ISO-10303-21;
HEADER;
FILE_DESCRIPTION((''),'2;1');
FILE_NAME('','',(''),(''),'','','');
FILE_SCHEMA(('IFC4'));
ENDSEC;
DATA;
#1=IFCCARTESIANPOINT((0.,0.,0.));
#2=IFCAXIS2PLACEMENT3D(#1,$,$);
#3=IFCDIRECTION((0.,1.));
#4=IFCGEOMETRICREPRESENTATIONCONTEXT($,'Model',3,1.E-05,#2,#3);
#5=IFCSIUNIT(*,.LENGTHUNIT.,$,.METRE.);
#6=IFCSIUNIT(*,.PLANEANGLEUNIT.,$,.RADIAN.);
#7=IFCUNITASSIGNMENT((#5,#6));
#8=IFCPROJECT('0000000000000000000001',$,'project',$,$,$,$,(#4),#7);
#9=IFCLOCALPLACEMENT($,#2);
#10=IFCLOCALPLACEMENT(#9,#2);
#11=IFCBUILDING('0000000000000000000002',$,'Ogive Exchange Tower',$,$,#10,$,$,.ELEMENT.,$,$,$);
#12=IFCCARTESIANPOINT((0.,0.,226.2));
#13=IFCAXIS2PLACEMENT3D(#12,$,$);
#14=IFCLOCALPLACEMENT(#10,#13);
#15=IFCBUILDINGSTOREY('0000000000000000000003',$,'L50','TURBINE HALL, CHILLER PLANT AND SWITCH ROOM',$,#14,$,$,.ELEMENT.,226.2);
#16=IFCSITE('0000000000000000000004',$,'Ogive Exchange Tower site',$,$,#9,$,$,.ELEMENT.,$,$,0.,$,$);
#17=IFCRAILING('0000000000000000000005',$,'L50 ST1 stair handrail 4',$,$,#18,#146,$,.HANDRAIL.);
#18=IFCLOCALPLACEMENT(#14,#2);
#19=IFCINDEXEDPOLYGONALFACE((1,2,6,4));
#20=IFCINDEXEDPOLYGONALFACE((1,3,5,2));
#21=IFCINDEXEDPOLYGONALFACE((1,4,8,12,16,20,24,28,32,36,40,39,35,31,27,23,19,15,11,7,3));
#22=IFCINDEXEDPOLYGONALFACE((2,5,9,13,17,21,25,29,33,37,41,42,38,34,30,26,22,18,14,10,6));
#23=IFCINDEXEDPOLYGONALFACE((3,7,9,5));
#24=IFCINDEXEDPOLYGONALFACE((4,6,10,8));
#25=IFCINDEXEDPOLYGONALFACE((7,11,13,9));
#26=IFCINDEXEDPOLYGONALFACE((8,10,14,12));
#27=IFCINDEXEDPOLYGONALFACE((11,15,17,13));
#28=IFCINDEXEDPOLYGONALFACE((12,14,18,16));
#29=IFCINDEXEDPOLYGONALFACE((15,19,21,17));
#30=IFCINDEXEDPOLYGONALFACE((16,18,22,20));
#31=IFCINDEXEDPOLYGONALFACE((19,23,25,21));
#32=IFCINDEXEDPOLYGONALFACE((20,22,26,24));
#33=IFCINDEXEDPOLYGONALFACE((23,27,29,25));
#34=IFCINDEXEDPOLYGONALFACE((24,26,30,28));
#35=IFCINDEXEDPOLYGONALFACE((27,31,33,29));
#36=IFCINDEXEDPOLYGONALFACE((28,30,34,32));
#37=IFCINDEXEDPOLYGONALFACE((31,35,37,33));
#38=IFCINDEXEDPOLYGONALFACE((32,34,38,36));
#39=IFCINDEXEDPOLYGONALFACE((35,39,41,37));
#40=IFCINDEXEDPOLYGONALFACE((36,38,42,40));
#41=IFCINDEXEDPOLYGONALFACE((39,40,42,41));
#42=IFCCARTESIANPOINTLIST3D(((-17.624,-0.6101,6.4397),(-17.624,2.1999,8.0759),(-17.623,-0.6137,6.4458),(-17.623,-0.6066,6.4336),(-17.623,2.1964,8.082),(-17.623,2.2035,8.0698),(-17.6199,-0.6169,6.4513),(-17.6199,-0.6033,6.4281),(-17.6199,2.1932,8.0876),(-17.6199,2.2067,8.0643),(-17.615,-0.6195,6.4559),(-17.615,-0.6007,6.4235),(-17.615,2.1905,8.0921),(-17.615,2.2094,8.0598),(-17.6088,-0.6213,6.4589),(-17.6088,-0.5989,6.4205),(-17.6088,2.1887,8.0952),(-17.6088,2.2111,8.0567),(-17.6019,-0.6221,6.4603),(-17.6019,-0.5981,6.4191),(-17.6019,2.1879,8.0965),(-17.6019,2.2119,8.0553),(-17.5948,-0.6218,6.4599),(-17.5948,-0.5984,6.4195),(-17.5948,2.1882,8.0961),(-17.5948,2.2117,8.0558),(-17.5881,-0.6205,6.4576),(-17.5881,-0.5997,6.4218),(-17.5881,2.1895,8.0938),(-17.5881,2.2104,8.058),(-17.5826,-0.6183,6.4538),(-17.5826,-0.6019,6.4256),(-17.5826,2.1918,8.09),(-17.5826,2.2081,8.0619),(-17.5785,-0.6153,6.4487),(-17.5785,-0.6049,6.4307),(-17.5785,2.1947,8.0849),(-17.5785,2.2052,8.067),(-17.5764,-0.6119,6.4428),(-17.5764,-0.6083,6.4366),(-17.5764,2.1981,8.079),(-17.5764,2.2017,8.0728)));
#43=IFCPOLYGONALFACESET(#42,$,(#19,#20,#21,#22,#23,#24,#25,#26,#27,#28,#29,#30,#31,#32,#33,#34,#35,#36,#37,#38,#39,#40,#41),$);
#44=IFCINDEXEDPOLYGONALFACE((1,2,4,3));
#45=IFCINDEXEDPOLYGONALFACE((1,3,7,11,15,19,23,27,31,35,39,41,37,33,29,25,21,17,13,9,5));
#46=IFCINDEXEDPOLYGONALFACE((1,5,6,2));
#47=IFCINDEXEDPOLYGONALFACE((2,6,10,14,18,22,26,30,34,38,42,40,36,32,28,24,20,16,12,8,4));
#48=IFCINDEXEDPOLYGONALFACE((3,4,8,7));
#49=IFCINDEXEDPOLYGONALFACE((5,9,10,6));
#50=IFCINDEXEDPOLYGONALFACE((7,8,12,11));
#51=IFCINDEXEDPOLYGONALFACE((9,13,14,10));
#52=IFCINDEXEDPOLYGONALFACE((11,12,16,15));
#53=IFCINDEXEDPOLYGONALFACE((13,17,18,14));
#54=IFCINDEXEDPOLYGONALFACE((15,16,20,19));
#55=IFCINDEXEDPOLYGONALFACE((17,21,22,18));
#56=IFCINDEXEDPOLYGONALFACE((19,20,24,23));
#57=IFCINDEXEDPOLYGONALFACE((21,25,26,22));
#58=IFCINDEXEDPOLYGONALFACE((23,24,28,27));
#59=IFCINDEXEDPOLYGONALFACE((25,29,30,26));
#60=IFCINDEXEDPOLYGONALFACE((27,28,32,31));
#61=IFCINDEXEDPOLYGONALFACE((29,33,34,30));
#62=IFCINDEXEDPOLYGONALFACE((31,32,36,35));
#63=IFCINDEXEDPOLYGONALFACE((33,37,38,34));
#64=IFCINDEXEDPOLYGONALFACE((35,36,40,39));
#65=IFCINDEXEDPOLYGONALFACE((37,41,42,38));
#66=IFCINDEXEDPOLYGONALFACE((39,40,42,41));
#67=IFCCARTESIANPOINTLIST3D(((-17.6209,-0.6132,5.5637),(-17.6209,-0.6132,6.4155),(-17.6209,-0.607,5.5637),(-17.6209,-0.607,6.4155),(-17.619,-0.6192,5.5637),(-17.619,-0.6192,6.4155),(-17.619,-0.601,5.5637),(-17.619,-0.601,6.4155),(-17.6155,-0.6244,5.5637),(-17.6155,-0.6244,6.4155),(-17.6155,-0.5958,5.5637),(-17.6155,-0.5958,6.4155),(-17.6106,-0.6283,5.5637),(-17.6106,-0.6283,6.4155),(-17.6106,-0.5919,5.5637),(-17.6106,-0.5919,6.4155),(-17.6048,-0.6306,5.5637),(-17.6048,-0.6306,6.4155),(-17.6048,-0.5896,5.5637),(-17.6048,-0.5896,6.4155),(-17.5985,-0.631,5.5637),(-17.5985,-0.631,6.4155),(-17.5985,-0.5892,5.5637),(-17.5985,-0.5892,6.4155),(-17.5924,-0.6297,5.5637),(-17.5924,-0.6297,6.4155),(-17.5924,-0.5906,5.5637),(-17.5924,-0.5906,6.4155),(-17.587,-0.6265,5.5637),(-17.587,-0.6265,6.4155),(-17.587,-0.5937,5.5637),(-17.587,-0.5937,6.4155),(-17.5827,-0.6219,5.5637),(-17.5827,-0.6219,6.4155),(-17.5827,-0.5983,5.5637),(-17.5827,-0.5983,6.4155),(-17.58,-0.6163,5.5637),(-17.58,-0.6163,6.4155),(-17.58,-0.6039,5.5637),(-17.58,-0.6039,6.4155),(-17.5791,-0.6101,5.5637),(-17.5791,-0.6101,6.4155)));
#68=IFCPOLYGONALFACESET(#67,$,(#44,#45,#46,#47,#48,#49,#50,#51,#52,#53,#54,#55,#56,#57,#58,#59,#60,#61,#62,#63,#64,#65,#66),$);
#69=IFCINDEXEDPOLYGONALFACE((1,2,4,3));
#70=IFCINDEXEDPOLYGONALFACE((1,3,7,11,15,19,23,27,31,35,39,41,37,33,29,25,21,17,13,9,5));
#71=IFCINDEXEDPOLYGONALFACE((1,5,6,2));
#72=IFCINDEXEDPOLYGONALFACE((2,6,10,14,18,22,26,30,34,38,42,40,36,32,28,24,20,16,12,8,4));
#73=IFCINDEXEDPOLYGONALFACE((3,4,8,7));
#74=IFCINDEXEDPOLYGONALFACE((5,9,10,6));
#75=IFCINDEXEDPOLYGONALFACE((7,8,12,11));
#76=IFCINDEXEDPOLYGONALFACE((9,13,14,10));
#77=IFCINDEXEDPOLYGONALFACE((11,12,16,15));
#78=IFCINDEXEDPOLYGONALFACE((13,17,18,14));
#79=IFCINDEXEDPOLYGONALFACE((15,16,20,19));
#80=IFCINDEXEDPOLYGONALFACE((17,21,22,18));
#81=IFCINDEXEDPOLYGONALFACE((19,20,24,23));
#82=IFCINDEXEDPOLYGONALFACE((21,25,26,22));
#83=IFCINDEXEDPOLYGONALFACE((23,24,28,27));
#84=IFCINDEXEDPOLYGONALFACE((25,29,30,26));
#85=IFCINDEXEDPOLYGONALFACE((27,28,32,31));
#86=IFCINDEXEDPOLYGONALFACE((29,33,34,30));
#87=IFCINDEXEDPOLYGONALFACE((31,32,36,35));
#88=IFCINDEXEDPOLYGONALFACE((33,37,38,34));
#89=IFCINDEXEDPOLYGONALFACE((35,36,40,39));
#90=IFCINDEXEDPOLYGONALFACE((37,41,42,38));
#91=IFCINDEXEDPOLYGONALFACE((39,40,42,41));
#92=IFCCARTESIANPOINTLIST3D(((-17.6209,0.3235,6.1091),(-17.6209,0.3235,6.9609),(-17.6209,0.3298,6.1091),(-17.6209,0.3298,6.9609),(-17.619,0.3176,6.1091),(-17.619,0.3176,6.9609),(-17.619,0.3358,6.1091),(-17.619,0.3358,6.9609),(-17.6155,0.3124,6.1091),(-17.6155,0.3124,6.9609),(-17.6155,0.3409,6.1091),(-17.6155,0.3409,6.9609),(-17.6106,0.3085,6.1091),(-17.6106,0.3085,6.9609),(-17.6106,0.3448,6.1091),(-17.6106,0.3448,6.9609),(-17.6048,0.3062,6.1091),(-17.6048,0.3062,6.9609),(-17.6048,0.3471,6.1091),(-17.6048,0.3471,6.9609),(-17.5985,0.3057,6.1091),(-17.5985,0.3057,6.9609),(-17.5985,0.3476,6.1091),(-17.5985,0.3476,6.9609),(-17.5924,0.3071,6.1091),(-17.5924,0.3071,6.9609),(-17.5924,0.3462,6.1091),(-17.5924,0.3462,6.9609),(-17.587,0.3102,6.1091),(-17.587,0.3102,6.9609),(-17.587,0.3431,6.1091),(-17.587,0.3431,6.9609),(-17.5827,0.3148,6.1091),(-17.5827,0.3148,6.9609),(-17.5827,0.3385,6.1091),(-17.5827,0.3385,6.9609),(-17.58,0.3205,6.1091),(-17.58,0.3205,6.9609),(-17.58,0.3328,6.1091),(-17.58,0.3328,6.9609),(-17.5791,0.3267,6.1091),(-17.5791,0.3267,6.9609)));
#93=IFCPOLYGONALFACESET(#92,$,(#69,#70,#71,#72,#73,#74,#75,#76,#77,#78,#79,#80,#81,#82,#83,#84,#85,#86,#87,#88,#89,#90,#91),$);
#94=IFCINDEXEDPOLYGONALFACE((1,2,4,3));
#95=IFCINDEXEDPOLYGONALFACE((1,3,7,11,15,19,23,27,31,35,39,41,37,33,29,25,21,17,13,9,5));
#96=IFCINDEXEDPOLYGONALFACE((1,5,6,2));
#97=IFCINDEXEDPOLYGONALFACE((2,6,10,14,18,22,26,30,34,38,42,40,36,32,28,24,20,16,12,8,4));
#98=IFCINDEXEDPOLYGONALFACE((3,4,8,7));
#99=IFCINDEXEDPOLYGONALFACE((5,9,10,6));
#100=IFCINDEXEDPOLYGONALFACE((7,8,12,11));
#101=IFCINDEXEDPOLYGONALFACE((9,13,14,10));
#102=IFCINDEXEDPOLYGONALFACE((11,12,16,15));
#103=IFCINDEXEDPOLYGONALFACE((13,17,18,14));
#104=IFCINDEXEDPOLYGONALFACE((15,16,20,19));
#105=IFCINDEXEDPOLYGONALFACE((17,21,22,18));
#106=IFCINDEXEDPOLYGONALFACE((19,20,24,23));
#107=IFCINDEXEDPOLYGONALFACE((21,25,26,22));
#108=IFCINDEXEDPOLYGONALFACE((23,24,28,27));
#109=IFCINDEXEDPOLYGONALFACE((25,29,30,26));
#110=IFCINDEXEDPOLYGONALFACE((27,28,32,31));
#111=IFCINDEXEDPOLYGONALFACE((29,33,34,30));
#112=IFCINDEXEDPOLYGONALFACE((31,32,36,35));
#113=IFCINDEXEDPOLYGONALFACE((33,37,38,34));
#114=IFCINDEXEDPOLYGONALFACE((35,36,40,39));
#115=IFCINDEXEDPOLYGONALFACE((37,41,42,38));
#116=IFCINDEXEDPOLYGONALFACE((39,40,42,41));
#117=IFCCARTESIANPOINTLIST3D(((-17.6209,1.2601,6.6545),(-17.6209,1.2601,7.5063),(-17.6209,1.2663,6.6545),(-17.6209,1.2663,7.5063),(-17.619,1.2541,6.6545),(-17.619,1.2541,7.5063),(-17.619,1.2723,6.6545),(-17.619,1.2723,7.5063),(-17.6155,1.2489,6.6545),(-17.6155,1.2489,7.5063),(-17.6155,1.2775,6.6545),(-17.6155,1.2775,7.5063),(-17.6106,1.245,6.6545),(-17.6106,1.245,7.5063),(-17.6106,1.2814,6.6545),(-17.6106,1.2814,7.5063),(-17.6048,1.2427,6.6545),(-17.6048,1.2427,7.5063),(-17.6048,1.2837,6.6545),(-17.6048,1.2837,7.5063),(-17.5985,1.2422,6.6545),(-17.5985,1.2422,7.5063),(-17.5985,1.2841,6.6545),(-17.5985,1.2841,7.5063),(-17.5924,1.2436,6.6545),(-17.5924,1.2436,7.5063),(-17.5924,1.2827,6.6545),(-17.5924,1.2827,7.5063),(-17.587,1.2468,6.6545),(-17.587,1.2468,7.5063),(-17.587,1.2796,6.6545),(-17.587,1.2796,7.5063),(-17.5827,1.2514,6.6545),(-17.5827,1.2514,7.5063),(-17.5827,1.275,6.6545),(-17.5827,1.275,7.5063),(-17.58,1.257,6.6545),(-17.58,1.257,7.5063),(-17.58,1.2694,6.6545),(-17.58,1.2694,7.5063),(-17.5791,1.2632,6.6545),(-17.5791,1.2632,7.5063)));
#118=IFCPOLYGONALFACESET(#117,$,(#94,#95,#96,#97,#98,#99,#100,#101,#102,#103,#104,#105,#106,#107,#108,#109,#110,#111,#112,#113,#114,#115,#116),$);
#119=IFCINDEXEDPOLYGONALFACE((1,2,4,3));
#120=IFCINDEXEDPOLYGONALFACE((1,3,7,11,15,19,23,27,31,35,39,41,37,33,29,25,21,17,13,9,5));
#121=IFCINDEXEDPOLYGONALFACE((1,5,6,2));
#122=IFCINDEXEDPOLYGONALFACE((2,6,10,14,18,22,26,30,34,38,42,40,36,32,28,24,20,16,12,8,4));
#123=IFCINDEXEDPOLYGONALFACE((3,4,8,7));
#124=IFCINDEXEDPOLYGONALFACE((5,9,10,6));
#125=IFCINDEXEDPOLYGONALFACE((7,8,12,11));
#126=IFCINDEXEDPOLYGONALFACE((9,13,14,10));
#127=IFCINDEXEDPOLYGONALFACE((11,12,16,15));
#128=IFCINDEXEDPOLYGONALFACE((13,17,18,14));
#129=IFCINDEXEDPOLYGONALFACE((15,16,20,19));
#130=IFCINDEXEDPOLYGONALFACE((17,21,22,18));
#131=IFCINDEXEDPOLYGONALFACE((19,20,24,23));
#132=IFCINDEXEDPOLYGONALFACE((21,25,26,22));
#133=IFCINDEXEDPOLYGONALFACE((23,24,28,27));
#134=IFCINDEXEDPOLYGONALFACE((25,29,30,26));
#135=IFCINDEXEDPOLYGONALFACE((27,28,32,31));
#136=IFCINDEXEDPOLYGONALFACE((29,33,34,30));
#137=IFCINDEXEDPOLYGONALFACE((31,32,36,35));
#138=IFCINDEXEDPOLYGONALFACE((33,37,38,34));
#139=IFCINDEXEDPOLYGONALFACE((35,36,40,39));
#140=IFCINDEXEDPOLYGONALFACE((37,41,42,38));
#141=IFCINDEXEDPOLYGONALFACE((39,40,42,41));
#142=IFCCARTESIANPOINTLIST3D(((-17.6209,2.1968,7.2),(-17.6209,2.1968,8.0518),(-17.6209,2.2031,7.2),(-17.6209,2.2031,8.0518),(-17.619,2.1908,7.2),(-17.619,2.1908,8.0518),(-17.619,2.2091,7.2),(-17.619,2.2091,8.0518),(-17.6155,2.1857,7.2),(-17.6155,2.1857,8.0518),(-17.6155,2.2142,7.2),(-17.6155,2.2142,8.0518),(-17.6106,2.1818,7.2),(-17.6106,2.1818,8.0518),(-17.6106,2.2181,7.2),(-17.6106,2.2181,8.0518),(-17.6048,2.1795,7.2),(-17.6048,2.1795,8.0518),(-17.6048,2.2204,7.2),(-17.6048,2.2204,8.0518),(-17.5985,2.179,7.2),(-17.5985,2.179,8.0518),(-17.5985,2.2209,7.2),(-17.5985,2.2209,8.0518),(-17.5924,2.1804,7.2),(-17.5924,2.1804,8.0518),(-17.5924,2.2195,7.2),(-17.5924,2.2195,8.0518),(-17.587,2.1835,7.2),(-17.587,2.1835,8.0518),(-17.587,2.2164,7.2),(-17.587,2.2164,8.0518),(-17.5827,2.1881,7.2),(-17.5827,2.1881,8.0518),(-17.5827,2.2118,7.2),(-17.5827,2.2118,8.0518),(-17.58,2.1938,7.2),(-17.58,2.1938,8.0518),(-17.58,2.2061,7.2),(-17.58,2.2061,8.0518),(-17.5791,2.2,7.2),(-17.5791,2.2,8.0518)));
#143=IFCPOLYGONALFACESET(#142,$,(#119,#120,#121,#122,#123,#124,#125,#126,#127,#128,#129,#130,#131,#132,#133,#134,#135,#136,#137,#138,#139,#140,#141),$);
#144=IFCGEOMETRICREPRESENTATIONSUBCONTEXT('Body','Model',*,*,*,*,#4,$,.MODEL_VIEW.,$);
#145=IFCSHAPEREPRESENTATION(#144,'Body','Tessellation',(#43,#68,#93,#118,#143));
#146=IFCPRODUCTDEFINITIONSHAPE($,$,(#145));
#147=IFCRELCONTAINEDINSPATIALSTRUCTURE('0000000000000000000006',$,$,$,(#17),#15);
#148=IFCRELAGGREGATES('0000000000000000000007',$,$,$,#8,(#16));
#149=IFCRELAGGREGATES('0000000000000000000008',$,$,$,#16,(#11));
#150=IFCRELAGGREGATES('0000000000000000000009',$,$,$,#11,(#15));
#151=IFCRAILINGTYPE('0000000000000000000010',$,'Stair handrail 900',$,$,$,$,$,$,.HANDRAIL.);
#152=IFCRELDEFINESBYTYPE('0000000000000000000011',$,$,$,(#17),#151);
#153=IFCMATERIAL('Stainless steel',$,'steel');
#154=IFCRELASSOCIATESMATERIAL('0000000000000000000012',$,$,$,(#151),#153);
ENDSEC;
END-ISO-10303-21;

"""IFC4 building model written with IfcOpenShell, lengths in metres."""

from ifc_helpers import new_model, si_unit, direction, frame, origin, origin_2d, place, context, subcontext, project, spatial, circle, extrude, material, type_object, element, save


model = new_model("IFC4")

# Units and contexts
model_context = context("Model", 3, precision=1e-05, world=origin(), true_north=direction((0.0, 1.0)))
body_context = subcontext(model_context, "Body", "Model", "MODEL_VIEW")
ifc_project = project(units=[si_unit("LENGTHUNIT", "METRE"), si_unit("PLANEANGLEUNIT", "RADIAN")], contexts=[model_context])

# Site, building, storey
site_placement = place(None, origin())
site = spatial("IfcSite", under=ifc_project, at=site_placement, Name="Ogive Exchange Tower site", CompositionType="ELEMENT", RefElevation=0.0)
building_placement = place(site_placement, origin())
building = spatial("IfcBuilding", under=site, at=building_placement, Name="Ogive Exchange Tower", CompositionType="ELEMENT")
storey_placement = place(building_placement, frame((0.0, 0.0, 226.2)))
storey = spatial("IfcBuildingStorey", under=building, at=storey_placement, Name="L50", Description="TURBINE HALL, CHILLER PLANT AND SWITCH ROOM", CompositionType="ELEMENT", Elevation=226.2)

# Shared definitions
ifc_material_1 = material(Name="Stainless steel", Category="steel")

# Railing
railing_type = type_object("IfcRailingType", Name="Stair handrail 900", PredefinedType="HANDRAIL", material=ifc_material_1)
railing_1_placement = place(storey_placement, frame((-17.6001, -0.6101, 5.5637)))
element("IfcRailing", 1, at=railing_1_placement, inside=storey, type_object=railing_type, Name="L50 ST1 stair handrail 4", PredefinedType="HANDRAIL", context=body_context, shape_type="SweptSolid", body=[
    extrude(circle(Radius=0.0239, at=origin_2d()), frame((0.0, 0.0, 0.876), z_axis=(0.0, 0.864176, 0.503189), x_axis=(-1.0, 0.0, 0.0)), (0.0, 0.0, 1.0), 3.2517),
    extrude(circle(Radius=0.021, at=origin_2d()), origin(), (0.0, 0.0, 1.0), 0.8518),
    extrude(circle(Radius=0.021, at=origin_2d()), frame((0.0, 0.9368, 0.5454)), (0.0, 0.0, 1.0), 0.8518),
    extrude(circle(Radius=0.021, at=origin_2d()), frame((0.0, 1.8733, 1.0908)), (0.0, 0.0, 1.0), 0.8518),
    extrude(circle(Radius=0.021, at=origin_2d()), frame((0.0, 2.8101, 1.6362)), (0.0, 0.0, 1.0), 0.8518),
])

save(model, "model.ifc")
